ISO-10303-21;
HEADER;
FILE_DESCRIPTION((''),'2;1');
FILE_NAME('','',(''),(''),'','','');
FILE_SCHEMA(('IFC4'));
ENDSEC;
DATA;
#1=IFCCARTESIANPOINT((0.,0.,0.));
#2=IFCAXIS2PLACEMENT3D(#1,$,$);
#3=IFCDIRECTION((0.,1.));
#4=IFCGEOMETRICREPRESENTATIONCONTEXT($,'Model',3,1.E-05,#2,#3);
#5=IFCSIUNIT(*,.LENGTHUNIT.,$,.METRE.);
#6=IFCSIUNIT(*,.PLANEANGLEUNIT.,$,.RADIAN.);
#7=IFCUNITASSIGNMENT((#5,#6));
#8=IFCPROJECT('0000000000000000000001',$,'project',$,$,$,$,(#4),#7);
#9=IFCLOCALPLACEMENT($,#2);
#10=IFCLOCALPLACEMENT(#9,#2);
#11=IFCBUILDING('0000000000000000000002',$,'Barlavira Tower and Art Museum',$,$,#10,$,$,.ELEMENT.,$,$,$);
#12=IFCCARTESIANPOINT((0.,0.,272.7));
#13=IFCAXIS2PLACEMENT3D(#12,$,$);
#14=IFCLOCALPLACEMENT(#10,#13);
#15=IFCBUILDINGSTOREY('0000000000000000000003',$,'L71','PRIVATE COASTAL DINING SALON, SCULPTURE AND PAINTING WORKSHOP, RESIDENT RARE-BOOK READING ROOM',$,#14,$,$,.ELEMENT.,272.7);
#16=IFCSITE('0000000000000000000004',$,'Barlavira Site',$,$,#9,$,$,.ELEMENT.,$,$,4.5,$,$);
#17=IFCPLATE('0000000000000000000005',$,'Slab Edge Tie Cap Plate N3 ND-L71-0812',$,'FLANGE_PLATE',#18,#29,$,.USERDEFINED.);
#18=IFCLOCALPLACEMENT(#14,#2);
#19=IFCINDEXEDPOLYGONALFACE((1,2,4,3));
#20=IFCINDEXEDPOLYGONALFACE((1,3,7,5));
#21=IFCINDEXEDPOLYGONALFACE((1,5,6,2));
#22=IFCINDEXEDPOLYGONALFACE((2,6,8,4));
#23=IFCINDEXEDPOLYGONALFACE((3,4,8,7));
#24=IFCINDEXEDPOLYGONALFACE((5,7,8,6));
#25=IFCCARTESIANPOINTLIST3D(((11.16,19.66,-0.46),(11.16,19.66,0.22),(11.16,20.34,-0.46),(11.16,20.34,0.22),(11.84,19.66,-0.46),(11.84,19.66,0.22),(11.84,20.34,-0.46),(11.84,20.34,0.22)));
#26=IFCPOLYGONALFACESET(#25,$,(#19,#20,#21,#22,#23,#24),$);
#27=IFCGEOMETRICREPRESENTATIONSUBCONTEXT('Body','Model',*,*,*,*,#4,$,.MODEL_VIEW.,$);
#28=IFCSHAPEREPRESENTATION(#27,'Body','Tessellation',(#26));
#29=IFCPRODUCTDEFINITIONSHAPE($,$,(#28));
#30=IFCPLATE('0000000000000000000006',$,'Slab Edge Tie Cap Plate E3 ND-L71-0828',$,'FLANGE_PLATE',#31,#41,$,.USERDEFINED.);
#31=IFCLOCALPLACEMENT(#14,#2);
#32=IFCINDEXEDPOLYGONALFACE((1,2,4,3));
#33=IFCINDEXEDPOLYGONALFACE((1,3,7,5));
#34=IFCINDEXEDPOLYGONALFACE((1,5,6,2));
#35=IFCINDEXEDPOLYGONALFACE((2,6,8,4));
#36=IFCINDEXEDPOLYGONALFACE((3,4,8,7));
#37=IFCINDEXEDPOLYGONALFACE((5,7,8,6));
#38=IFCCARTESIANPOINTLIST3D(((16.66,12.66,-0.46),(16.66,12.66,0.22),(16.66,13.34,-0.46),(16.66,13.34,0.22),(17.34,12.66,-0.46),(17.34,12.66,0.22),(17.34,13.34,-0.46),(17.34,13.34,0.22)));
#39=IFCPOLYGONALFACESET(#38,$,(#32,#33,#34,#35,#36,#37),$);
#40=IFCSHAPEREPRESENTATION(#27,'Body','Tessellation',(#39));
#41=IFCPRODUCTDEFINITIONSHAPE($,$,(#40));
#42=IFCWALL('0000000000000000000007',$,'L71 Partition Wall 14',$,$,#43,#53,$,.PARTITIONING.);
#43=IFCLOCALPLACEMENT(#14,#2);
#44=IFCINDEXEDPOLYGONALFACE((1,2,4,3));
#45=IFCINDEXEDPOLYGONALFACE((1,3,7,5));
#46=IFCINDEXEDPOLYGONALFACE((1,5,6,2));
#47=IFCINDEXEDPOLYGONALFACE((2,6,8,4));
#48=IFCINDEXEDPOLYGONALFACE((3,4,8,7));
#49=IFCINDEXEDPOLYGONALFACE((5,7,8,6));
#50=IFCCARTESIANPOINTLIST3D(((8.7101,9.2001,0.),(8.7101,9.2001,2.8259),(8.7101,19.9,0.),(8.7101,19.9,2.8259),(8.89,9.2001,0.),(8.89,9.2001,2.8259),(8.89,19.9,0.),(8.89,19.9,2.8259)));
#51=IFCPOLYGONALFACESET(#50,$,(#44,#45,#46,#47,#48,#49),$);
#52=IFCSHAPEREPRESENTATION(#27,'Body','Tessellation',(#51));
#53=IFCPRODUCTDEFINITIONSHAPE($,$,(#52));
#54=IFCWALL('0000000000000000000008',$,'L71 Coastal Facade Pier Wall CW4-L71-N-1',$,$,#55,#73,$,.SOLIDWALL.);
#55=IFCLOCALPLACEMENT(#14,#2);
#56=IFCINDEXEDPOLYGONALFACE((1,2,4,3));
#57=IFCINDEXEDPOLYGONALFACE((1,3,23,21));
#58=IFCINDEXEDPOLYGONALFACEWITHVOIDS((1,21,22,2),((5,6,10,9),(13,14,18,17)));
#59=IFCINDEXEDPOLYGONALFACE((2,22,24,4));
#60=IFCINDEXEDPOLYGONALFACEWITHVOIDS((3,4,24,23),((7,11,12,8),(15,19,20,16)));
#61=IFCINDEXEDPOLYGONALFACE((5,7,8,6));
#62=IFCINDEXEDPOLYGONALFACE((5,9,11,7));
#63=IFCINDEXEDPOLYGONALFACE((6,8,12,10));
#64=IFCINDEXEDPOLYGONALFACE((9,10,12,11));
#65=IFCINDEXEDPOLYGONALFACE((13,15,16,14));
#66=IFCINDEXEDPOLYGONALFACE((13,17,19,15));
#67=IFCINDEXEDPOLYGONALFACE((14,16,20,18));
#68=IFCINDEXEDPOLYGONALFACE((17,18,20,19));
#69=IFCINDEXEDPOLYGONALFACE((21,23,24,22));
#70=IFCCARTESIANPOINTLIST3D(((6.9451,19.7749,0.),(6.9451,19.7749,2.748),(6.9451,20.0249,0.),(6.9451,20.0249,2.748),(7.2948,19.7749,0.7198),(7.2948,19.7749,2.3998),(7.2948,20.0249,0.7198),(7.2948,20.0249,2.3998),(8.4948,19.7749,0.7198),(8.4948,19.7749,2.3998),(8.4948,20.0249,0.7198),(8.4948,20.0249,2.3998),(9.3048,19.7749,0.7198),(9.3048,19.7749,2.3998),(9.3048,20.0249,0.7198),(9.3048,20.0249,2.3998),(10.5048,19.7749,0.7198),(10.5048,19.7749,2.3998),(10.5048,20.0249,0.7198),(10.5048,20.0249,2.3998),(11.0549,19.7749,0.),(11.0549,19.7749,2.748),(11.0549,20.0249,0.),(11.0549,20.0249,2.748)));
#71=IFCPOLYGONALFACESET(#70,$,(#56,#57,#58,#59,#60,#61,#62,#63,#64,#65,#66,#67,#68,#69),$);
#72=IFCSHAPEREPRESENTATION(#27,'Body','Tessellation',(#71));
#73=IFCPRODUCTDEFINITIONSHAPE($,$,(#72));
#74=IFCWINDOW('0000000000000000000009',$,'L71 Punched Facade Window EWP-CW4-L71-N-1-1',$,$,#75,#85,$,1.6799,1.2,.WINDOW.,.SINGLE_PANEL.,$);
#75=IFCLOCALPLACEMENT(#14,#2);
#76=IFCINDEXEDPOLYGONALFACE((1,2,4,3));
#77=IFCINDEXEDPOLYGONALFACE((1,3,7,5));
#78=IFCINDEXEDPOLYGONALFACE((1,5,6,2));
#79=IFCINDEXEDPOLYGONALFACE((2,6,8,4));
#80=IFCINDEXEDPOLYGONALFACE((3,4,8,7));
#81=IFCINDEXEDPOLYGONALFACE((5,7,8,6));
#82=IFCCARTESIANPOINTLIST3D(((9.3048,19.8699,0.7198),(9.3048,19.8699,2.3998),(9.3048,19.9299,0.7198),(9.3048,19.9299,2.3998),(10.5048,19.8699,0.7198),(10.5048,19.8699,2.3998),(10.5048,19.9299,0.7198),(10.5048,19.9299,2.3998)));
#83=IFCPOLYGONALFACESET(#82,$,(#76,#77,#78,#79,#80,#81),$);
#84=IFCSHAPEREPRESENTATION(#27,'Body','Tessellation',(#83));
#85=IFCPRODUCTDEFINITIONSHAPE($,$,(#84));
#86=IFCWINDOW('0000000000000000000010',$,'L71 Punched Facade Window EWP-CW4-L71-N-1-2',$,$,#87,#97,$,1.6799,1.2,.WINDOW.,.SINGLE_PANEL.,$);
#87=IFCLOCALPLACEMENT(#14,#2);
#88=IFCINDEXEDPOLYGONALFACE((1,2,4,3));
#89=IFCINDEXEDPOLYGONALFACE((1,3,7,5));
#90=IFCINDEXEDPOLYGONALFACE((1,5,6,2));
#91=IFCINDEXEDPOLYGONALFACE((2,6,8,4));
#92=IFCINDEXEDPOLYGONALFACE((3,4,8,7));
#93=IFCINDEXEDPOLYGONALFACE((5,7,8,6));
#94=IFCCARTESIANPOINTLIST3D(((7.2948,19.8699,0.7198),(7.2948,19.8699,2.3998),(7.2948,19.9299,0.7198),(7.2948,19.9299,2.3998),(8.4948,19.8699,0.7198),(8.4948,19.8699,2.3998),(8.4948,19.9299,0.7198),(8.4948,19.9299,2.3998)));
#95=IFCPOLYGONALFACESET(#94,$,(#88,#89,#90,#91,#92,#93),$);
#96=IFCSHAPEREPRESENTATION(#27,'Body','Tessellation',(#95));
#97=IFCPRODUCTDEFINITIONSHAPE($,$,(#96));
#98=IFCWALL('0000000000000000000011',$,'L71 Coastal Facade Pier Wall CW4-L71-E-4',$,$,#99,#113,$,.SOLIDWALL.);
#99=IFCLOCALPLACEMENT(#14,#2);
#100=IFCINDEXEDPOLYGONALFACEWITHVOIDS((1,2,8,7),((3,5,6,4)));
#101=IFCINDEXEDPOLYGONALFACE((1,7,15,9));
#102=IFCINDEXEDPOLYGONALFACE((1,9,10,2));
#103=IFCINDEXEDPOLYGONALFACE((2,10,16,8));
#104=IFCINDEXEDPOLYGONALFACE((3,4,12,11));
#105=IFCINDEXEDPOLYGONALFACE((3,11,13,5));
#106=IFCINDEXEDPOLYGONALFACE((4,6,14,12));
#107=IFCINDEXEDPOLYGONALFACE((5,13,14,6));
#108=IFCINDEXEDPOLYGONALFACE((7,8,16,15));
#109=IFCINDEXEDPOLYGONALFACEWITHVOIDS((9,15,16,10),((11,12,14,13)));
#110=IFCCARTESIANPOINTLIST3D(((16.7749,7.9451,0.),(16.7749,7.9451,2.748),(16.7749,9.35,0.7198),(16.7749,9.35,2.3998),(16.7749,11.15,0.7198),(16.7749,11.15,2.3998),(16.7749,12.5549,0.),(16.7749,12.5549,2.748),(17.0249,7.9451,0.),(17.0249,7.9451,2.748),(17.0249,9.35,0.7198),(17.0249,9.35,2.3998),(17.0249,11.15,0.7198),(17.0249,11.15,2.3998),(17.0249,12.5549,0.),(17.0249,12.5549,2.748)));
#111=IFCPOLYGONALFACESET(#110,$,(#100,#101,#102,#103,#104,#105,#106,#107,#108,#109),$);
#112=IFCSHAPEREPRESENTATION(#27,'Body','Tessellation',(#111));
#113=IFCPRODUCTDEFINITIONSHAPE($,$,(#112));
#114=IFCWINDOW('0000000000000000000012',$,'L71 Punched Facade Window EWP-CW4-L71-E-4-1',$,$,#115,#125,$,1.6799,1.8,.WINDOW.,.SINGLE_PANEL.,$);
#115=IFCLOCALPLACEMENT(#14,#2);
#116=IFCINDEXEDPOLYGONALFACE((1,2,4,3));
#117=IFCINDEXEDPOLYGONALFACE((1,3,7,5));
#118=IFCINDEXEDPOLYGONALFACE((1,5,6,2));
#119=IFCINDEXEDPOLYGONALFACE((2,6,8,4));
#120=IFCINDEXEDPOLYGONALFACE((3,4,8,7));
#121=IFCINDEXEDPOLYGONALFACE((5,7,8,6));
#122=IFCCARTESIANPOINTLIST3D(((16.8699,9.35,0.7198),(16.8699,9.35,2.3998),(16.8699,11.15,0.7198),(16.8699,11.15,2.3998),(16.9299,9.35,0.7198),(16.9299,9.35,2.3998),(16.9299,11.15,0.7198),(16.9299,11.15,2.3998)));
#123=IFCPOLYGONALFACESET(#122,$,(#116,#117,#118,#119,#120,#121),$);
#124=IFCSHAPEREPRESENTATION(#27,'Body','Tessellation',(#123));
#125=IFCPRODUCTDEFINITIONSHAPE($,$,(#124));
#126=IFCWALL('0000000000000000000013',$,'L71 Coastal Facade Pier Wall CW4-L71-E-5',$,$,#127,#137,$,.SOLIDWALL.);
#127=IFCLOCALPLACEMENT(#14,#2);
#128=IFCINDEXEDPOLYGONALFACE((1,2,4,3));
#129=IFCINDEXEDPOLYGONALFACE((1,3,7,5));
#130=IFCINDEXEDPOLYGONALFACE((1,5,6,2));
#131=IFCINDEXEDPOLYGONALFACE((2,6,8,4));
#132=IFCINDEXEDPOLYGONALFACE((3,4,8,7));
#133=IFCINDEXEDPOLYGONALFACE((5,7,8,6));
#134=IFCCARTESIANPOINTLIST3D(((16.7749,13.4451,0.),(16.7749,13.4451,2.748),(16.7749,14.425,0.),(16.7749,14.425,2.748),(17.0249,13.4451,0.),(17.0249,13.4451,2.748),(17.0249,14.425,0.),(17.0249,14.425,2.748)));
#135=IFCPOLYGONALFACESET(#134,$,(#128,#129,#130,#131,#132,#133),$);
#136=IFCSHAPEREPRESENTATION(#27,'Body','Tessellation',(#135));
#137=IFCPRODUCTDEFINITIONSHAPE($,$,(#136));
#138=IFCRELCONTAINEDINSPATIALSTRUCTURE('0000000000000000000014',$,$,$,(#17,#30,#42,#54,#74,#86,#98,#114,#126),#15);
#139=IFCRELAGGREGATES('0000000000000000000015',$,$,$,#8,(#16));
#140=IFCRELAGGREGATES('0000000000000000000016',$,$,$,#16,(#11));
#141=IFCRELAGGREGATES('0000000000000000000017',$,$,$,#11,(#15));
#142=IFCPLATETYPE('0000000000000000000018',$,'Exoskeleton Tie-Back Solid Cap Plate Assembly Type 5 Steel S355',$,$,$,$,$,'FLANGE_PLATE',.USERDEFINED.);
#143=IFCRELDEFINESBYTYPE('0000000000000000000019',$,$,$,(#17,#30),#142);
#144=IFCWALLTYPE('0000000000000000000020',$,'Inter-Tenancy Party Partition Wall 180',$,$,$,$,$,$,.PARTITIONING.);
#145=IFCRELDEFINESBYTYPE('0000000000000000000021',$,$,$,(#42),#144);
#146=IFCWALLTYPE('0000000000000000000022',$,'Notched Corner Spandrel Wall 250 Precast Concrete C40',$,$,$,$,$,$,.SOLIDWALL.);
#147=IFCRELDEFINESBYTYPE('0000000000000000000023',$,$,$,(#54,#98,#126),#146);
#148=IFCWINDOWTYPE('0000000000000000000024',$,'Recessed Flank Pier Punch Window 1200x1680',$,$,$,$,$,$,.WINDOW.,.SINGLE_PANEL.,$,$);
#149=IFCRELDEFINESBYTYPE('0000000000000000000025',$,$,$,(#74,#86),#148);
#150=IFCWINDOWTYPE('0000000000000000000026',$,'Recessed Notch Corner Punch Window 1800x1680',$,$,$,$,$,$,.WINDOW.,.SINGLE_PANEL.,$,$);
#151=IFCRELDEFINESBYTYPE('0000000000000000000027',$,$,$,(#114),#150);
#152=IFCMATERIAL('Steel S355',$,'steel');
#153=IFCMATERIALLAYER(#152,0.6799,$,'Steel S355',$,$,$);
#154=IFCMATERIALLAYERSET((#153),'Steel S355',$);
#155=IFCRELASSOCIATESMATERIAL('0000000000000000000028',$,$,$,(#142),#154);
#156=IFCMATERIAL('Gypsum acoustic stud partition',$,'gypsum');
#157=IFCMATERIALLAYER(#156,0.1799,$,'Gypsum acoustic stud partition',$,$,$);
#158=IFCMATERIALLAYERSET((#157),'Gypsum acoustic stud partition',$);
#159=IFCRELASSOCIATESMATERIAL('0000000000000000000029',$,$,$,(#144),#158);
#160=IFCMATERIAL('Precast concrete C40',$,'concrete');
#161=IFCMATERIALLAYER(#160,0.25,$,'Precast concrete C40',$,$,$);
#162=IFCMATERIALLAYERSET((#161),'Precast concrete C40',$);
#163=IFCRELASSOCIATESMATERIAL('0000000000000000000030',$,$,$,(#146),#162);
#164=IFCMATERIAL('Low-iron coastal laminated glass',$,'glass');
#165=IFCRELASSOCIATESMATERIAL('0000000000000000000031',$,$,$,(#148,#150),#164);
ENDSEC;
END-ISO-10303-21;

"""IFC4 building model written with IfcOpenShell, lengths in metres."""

from ifc_helpers import new_model, si_unit, direction, frame, frame_2d, origin, origin_2d, place, context, subcontext, project, spatial, rectangle, extrude, material, layer, layer_set, type_object, element, fill, save


model = new_model("IFC4")

# Units and contexts
model_context = context("Model", 3, precision=1e-05, world=origin(), true_north=direction((0.0, 1.0)))
body_context = subcontext(model_context, "Body", "Model", "MODEL_VIEW")
ifc_project = project(units=[si_unit("LENGTHUNIT", "METRE"), si_unit("PLANEANGLEUNIT", "RADIAN")], contexts=[model_context])

# Site, building, storey
site_placement = place(None, origin())
site = spatial("IfcSite", under=ifc_project, at=site_placement, Name="Barlavira Site", CompositionType="ELEMENT", RefElevation=4.5)
building_placement = place(site_placement, origin())
building = spatial("IfcBuilding", under=site, at=building_placement, Name="Barlavira Tower and Art Museum", CompositionType="ELEMENT")
storey_placement = place(building_placement, frame((0.0, 0.0, 272.7)))
storey = spatial("IfcBuildingStorey", under=building, at=storey_placement, Name="L71", Description="PRIVATE COASTAL DINING SALON, SCULPTURE AND PAINTING WORKSHOP, RESIDENT RARE-BOOK READING ROOM", CompositionType="ELEMENT", Elevation=272.7)

# Shared definitions
ifc_material_1 = material(Name="Steel S355", Category="steel")

# Plates
ifc_layer_1 = layer(ifc_material_1, 0.6799, Name="Steel S355")
ifc_layer_set_1 = layer_set([ifc_layer_1], Name="Steel S355")
plate_type = type_object("IfcPlateType", Name="Exoskeleton Tie-Back Solid Cap Plate Assembly Type 5 Steel S355", ElementType="FLANGE_PLATE", PredefinedType="USERDEFINED", material=ifc_layer_set_1)
for number, where, z_axis, x_axis, name in (
    (1, (11.5, 20.0, -0.46), (0.0, 0.0, 1.0), (1.0, 0.0, 0.0), "Slab Edge Tie Cap Plate N3 ND-L71-0812"),
    (2, (17.0, 13.0, -0.46), (0.0, 0.0, 1.0), (1.0, 0.0, 0.0), "Slab Edge Tie Cap Plate E3 ND-L71-0828"),
):
    element("IfcPlate", number, at=place(storey_placement, frame(where, z_axis=z_axis, x_axis=x_axis)), inside=storey, type_object=plate_type, Name=name, ObjectType="FLANGE_PLATE", PredefinedType="USERDEFINED", context=body_context, shape_type="SweptSolid", body=[
        extrude(rectangle(XDim=0.6799, YDim=0.6799, at=origin_2d()), origin(), (0.0, 0.0, 1.0), 0.6799),
    ])

# Wall
ifc_material_2 = material(Name="Gypsum acoustic stud partition", Category="gypsum")
ifc_layer_2 = layer(ifc_material_2, 0.1799, Name="Gypsum acoustic stud partition")
ifc_layer_set_2 = layer_set([ifc_layer_2], Name="Gypsum acoustic stud partition")
wall_type_1 = type_object("IfcWallType", Name="Inter-Tenancy Party Partition Wall 180", PredefinedType="PARTITIONING", material=ifc_layer_set_2)
wall_1_placement = place(storey_placement, frame((8.8, 9.2, 0.0), z_axis=(0.0, 0.0, 1.0), x_axis=(0.0, 1.0, 0.0)))
element("IfcWall", 3, at=wall_1_placement, inside=storey, type_object=wall_type_1, Name="L71 Partition Wall 14", PredefinedType="PARTITIONING", context=body_context, shape_type="SweptSolid", body=[
    extrude(rectangle(XDim=10.7, YDim=0.1799, at=frame_2d((5.3501, 0.0))), origin(), (0.0, 0.0, 1.0), 2.8259),
])

# Wall, openings, windows
ifc_material_3 = material(Name="Precast concrete C40", Category="concrete")
ifc_layer_3 = layer(ifc_material_3, 0.25, Name="Precast concrete C40")
ifc_layer_set_3 = layer_set([ifc_layer_3], Name="Precast concrete C40")
wall_type_2 = type_object("IfcWallType", Name="Notched Corner Spandrel Wall 250 Precast Concrete C40", PredefinedType="SOLIDWALL", material=ifc_layer_set_3)
wall_2_placement = place(storey_placement, frame((11.0549, 19.8999, 0.0), z_axis=(0.0, 0.0, 1.0), x_axis=(-1.0, 0.0, 0.0)))
wall_2 = element("IfcWall", 4, at=wall_2_placement, inside=storey, type_object=wall_type_2, Name="L71 Coastal Facade Pier Wall CW4-L71-N-1", PredefinedType="SOLIDWALL", context=body_context, shape_type="SweptSolid", body=[
    extrude(rectangle(XDim=4.1099, YDim=0.25, at=frame_2d((2.0549, 0.0))), origin(), (0.0, 0.0, 1.0), 2.748),
])
opening_1_placement = place(wall_2_placement, frame((0.55, 0.0, 0.72)))
opening_1 = element("IfcOpeningElement", 5, at=opening_1_placement, cuts=wall_2, PredefinedType="OPENING", context=body_context, shape_type="SweptSolid", body=[
    extrude(rectangle(XDim=1.2, YDim=1.6799, at=frame_2d((0.6001, 0.8398))), frame((0.0, 0.135, 0.0), z_axis=(0.0, -1.0, 0.0), x_axis=(1.0, 0.0, 0.0)), (0.0, 0.0, 1.0), 0.27),
])
opening_2_placement = place(wall_2_placement, frame((2.5601, 0.0, 0.72)))
opening_2 = element("IfcOpeningElement", 6, at=opening_2_placement, cuts=wall_2, PredefinedType="OPENING", context=body_context, shape_type="SweptSolid", body=[
    extrude(rectangle(XDim=1.2, YDim=1.6799, at=frame_2d((0.6001, 0.8398))), frame((0.0, 0.135, 0.0), z_axis=(0.0, -1.0, 0.0), x_axis=(1.0, 0.0, 0.0)), (0.0, 0.0, 1.0), 0.27),
])
ifc_material_4 = material(Name="Low-iron coastal laminated glass", Category="glass")
window_type_1 = type_object("IfcWindowType", Name="Recessed Flank Pier Punch Window 1200x1680", PartitioningType="SINGLE_PANEL", PredefinedType="WINDOW", material=ifc_material_4)
window_1_placement = place(opening_1_placement, origin())
window_1 = element("IfcWindow", 7, at=window_1_placement, inside=storey, type_object=window_type_1, Name="L71 Punched Facade Window EWP-CW4-L71-N-1-1", OverallHeight=1.6799, OverallWidth=1.2, PartitioningType="SINGLE_PANEL", PredefinedType="WINDOW", context=body_context, shape_type="SweptSolid", body=[
    extrude(rectangle(XDim=1.2, YDim=1.6799, at=frame_2d((0.6001, 0.8398))), frame((0.0, 0.03, 0.0), z_axis=(0.0, -1.0, 0.0), x_axis=(1.0, 0.0, 0.0)), (0.0, 0.0, 1.0), 0.0601),
])
fill(opening_1, window_1)
window_2_placement = place(opening_2_placement, origin())
window_2 = element("IfcWindow", 8, at=window_2_placement, inside=storey, type_object=window_type_1, Name="L71 Punched Facade Window EWP-CW4-L71-N-1-2", OverallHeight=1.6799, OverallWidth=1.2, PartitioningType="SINGLE_PANEL", PredefinedType="WINDOW", context=body_context, shape_type="SweptSolid", body=[
    extrude(rectangle(XDim=1.2, YDim=1.6799, at=frame_2d((0.6001, 0.8398))), frame((0.0, 0.03, 0.0), z_axis=(0.0, -1.0, 0.0), x_axis=(1.0, 0.0, 0.0)), (0.0, 0.0, 1.0), 0.0601),
])
fill(opening_2, window_2)

# Wall, opening, window
wall_3_placement = place(storey_placement, frame((16.8999, 7.9451, 0.0), z_axis=(0.0, 0.0, 1.0), x_axis=(0.0, 1.0, 0.0)))
wall_3 = element("IfcWall", 9, at=wall_3_placement, inside=storey, type_object=wall_type_2, Name="L71 Coastal Facade Pier Wall CW4-L71-E-4", PredefinedType="SOLIDWALL", context=body_context, shape_type="SweptSolid", body=[
    extrude(rectangle(XDim=4.6099, YDim=0.25, at=frame_2d((2.3049, 0.0))), origin(), (0.0, 0.0, 1.0), 2.748),
])
opening_3_placement = place(wall_3_placement, frame((1.405, 0.0, 0.72)))
opening_3 = element("IfcOpeningElement", 10, at=opening_3_placement, cuts=wall_3, PredefinedType="OPENING", context=body_context, shape_type="SweptSolid", body=[
    extrude(rectangle(XDim=1.8, YDim=1.6799, at=frame_2d((0.8999, 0.8398))), frame((0.0, 0.135, 0.0), z_axis=(0.0, -1.0, 0.0), x_axis=(1.0, 0.0, 0.0)), (0.0, 0.0, 1.0), 0.27),
])
window_type_2 = type_object("IfcWindowType", Name="Recessed Notch Corner Punch Window 1800x1680", PartitioningType="SINGLE_PANEL", PredefinedType="WINDOW", material=ifc_material_4)
window_3_placement = place(opening_3_placement, origin())
window_3 = element("IfcWindow", 11, at=window_3_placement, inside=storey, type_object=window_type_2, Name="L71 Punched Facade Window EWP-CW4-L71-E-4-1", OverallHeight=1.6799, OverallWidth=1.8, PartitioningType="SINGLE_PANEL", PredefinedType="WINDOW", context=body_context, shape_type="SweptSolid", body=[
    extrude(rectangle(XDim=1.8, YDim=1.6799, at=frame_2d((0.8999, 0.8398))), frame((0.0, 0.03, 0.0), z_axis=(0.0, -1.0, 0.0), x_axis=(1.0, 0.0, 0.0)), (0.0, 0.0, 1.0), 0.0601),
])
fill(opening_3, window_3)

# Wall
wall_4_placement = place(storey_placement, frame((16.8999, 13.4451, 0.0), z_axis=(0.0, 0.0, 1.0), x_axis=(0.0, 1.0, 0.0)))
element("IfcWall", 12, at=wall_4_placement, inside=storey, type_object=wall_type_2, Name="L71 Coastal Facade Pier Wall CW4-L71-E-5", PredefinedType="SOLIDWALL", context=body_context, shape_type="SweptSolid", body=[
    extrude(rectangle(XDim=0.98, YDim=0.25, at=frame_2d((0.49, 0.0))), origin(), (0.0, 0.0, 1.0), 2.748),
])

save(model, "model.ifc")
